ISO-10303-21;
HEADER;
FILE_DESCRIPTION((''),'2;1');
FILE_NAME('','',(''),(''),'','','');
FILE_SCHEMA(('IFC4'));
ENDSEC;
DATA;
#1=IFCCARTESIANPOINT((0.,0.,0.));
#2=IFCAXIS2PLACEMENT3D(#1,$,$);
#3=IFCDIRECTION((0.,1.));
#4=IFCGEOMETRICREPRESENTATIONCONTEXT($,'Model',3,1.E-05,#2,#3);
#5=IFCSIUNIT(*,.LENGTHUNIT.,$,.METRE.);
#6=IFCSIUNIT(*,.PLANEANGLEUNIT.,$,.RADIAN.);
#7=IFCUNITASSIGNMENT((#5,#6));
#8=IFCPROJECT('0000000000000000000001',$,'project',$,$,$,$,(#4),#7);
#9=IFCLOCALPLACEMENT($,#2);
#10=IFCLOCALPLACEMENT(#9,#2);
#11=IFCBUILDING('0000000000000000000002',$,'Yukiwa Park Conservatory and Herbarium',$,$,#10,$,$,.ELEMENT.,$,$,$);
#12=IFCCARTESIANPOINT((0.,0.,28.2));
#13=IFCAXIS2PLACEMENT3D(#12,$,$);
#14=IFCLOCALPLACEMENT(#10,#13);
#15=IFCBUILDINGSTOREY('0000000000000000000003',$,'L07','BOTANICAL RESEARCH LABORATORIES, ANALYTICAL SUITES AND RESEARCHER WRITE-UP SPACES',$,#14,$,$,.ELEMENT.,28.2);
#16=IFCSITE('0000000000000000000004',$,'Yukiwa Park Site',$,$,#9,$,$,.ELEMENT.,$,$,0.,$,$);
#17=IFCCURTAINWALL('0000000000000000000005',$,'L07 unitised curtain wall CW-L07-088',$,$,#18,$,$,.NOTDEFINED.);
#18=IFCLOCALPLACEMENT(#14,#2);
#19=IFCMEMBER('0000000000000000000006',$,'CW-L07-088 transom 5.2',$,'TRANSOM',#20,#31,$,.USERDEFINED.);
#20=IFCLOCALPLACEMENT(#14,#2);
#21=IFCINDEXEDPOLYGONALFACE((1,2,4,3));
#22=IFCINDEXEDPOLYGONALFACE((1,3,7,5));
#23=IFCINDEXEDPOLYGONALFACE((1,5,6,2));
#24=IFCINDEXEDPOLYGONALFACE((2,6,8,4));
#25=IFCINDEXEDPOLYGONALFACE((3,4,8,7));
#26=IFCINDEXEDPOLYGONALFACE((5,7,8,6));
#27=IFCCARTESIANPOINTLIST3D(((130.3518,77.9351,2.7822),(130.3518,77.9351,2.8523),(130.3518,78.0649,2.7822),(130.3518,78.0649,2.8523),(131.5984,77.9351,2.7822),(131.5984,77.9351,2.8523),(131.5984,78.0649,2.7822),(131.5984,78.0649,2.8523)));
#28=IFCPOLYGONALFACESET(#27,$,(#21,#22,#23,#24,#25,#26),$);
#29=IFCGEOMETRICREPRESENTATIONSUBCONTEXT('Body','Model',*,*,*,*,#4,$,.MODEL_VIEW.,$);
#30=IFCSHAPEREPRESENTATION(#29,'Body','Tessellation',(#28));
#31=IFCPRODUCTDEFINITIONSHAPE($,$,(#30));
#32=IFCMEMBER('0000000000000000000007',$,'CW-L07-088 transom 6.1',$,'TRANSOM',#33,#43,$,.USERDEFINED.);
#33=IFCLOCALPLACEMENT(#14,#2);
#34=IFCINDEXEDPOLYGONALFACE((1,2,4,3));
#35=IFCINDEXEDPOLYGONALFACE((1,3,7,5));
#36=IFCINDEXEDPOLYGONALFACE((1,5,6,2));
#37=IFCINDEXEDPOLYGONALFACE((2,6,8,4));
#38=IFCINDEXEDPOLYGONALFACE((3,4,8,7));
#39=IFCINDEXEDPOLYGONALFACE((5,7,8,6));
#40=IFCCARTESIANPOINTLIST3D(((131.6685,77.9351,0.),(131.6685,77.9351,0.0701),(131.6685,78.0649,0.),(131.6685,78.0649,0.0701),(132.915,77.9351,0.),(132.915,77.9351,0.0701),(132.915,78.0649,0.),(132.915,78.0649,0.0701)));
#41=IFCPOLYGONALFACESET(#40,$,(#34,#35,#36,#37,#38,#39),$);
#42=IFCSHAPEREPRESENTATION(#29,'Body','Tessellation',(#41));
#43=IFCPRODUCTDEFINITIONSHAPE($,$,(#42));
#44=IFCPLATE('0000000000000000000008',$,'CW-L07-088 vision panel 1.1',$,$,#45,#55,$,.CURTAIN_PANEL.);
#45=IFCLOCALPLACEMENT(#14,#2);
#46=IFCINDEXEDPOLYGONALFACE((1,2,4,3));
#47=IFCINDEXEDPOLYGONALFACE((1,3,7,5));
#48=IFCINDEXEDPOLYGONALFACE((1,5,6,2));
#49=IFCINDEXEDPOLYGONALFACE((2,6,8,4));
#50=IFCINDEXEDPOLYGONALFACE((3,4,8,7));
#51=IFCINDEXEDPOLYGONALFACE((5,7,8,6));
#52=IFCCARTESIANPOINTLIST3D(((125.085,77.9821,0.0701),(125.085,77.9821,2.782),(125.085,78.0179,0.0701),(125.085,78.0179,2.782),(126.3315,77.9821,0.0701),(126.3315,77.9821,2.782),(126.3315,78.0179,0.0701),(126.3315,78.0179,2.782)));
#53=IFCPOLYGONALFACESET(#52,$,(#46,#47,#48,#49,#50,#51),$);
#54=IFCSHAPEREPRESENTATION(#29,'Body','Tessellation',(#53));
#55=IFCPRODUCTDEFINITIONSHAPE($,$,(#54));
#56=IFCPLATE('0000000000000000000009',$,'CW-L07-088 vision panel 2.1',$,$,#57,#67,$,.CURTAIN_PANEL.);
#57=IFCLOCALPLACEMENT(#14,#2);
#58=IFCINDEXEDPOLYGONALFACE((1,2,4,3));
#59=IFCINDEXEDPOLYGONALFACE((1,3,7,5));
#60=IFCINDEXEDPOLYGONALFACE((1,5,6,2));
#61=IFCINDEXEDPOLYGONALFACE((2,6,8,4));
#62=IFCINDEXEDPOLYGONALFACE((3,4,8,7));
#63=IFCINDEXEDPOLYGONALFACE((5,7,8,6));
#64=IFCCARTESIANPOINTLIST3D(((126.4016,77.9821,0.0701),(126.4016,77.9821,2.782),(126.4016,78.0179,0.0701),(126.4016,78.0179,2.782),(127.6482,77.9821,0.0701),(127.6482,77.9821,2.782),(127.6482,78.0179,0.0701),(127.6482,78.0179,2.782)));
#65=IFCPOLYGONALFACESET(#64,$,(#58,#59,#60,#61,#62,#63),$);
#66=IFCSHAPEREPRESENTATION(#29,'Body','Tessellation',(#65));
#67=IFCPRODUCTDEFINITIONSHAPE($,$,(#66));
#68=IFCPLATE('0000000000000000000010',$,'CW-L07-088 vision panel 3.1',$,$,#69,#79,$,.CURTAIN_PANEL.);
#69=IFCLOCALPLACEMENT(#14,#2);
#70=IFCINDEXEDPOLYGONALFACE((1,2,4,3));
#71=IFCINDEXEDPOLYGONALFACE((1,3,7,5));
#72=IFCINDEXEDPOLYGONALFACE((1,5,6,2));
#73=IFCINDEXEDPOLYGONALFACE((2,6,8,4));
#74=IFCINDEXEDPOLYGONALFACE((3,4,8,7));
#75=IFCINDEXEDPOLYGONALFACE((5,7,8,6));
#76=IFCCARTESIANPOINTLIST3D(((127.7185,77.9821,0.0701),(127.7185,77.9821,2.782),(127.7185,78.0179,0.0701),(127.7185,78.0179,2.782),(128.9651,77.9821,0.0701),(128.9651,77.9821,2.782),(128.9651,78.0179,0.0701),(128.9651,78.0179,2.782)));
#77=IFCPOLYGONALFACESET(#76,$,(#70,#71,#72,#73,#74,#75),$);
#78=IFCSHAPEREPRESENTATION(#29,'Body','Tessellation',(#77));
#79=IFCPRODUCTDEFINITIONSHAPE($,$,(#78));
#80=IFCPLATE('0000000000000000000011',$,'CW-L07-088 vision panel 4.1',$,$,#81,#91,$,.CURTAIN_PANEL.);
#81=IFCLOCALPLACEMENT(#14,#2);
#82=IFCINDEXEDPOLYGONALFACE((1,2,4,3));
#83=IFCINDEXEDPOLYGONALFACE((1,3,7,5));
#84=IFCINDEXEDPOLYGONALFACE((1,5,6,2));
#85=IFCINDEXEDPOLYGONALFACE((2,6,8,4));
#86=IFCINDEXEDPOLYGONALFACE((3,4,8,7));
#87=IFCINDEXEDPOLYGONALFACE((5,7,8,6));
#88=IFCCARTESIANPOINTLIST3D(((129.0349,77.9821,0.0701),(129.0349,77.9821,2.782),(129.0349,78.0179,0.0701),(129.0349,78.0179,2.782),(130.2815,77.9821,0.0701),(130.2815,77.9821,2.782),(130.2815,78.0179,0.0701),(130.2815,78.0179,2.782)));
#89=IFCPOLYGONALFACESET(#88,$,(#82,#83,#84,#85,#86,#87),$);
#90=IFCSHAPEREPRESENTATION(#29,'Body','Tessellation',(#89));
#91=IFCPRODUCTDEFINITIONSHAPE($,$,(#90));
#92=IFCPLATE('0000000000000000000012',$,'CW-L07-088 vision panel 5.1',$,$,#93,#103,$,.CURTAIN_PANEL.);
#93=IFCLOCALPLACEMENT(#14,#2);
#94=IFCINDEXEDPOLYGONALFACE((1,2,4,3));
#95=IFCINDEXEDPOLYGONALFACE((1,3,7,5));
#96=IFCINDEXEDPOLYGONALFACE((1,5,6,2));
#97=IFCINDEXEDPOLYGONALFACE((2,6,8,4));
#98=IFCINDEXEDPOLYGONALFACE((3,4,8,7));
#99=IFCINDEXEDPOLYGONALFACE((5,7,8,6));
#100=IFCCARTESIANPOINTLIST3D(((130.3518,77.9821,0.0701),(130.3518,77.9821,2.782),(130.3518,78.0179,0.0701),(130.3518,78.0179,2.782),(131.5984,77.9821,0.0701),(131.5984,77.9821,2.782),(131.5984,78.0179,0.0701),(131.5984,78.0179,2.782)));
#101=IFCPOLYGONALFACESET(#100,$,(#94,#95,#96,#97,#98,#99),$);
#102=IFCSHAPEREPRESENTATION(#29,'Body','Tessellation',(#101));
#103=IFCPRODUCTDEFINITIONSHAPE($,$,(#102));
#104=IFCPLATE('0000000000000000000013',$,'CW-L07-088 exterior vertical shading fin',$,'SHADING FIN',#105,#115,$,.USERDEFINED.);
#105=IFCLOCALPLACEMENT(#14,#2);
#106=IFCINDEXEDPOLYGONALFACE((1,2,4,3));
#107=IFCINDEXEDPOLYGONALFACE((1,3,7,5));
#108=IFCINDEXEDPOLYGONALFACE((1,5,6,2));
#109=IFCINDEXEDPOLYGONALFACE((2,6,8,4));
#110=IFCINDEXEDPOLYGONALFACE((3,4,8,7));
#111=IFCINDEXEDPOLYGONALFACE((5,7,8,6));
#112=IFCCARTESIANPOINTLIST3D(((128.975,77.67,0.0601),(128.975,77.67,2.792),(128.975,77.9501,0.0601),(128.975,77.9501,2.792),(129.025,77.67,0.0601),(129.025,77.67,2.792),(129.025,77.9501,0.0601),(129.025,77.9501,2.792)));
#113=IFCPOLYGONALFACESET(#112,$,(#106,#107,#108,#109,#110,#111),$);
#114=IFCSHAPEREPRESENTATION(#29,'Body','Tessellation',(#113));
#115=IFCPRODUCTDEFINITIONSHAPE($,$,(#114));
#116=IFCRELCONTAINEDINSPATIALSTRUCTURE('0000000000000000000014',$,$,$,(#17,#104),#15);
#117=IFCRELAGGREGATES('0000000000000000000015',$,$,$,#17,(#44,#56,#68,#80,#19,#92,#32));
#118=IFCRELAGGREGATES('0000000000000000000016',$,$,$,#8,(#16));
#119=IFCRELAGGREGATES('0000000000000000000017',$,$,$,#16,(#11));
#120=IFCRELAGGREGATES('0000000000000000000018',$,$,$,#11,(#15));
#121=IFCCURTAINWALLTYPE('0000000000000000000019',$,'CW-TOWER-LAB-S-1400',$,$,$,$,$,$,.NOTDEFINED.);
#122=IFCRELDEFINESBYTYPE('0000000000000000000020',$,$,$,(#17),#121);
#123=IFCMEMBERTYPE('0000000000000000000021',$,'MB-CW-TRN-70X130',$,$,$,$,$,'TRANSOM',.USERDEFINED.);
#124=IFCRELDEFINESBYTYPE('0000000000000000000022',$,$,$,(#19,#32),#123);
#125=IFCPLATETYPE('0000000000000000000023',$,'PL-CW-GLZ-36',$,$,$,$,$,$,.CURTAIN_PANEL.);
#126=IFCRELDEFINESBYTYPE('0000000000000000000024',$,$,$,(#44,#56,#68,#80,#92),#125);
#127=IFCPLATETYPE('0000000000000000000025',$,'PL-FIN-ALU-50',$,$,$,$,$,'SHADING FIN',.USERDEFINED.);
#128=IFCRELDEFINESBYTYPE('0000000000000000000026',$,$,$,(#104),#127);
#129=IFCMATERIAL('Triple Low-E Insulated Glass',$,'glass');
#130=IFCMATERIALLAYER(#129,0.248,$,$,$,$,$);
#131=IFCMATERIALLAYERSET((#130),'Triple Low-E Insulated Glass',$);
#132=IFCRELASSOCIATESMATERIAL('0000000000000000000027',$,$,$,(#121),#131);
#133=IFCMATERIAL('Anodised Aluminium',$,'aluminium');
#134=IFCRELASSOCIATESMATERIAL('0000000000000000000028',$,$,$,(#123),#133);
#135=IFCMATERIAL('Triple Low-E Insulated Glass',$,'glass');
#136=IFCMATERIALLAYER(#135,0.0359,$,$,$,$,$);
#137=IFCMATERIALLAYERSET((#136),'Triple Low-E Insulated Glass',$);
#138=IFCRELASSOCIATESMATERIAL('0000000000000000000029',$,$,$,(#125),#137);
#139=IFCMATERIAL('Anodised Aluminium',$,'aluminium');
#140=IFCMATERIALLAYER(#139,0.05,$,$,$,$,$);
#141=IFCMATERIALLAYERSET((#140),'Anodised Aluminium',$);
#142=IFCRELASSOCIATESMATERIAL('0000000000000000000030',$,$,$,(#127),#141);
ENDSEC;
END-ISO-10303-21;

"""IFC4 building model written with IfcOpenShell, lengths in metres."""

from ifc_helpers import new_model, si_unit, direction, frame, origin, origin_2d, place, context, subcontext, project, spatial, rectangle, extrude, material, layer, layer_set, type_object, element, aggregate, save


model = new_model("IFC4")

# Units and contexts
model_context = context("Model", 3, precision=1e-05, world=origin(), true_north=direction((0.0, 1.0)))
body_context = subcontext(model_context, "Body", "Model", "MODEL_VIEW")
ifc_project = project(units=[si_unit("LENGTHUNIT", "METRE"), si_unit("PLANEANGLEUNIT", "RADIAN")], contexts=[model_context])

# Site, building, storey
site_placement = place(None, origin())
site = spatial("IfcSite", under=ifc_project, at=site_placement, Name="Yukiwa Park Site", CompositionType="ELEMENT", RefElevation=0.0)
building_placement = place(site_placement, origin())
building = spatial("IfcBuilding", under=site, at=building_placement, Name="Yukiwa Park Conservatory and Herbarium", CompositionType="ELEMENT")
storey_placement = place(building_placement, frame((0.0, 0.0, 28.2)))
storey = spatial("IfcBuildingStorey", under=building, at=storey_placement, Name="L07", Description="BOTANICAL RESEARCH LABORATORIES, ANALYTICAL SUITES AND RESEARCHER WRITE-UP SPACES", CompositionType="ELEMENT", Elevation=28.2)

# Curtain wall, members, plates
ifc_material_1 = material(Name="Triple Low-E Insulated Glass", Category="glass")
ifc_layer_1 = layer(ifc_material_1, 0.248)
ifc_layer_set_1 = layer_set([ifc_layer_1], Name="Triple Low-E Insulated Glass")
curtain_wall_type = type_object("IfcCurtainWallType", Name="CW-TOWER-LAB-S-1400", PredefinedType="NOTDEFINED", material=ifc_layer_set_1)
curtain_wall_placement = place(storey_placement, origin())
curtain_wall = element("IfcCurtainWall", 1, at=curtain_wall_placement, inside=storey, type_object=curtain_wall_type, Name="L07 unitised curtain wall CW-L07-088", PredefinedType="NOTDEFINED")
ifc_material_2 = material(Name="Anodised Aluminium", Category="aluminium")
member_type_1 = type_object("IfcMemberType", Name="MB-CW-TRN-70X130", ElementType="TRANSOM", PredefinedType="USERDEFINED", material=ifc_material_2)
member_1_placement = place(storey_placement, frame((130.9751, 78.0, 2.7822), z_axis=(0.0, 0.0, 1.0), x_axis=(1.0, 0.0, 0.0)))
member_1 = element("IfcMember", 2, at=member_1_placement, type_object=member_type_1, Name="CW-L07-088 transom 5.2", ObjectType="TRANSOM", PredefinedType="USERDEFINED", context=body_context, shape_type="SweptSolid", body=[
    extrude(rectangle(XDim=1.2466, YDim=0.1299, at=origin_2d()), origin(), (0.0, 0.0, 1.0), 0.0701),
])
member_2_placement = place(storey_placement, frame((132.2917, 78.0, 0.0), z_axis=(0.0, 0.0, 1.0), x_axis=(1.0, 0.0, 0.0)))
member_2 = element("IfcMember", 3, at=member_2_placement, type_object=member_type_1, Name="CW-L07-088 transom 6.1", ObjectType="TRANSOM", PredefinedType="USERDEFINED", context=body_context, shape_type="SweptSolid", body=[
    extrude(rectangle(XDim=1.2466, YDim=0.1299, at=origin_2d()), origin(), (0.0, 0.0, 1.0), 0.0701),
])
ifc_material_3 = material(Name="Triple Low-E Insulated Glass", Category="glass")
ifc_layer_2 = layer(ifc_material_3, 0.0359)
ifc_layer_set_2 = layer_set([ifc_layer_2], Name="Triple Low-E Insulated Glass")
plate_type_1 = type_object("IfcPlateType", Name="PL-CW-GLZ-36", PredefinedType="CURTAIN_PANEL", material=ifc_layer_set_2)
plate_1_placement = place(storey_placement, frame((125.7083, 78.0, 0.0701), z_axis=(0.0, 0.0, 1.0), x_axis=(1.0, 0.0, 0.0)))
plate_1 = element("IfcPlate", 4, at=plate_1_placement, type_object=plate_type_1, Name="CW-L07-088 vision panel 1.1", PredefinedType="CURTAIN_PANEL", context=body_context, shape_type="SweptSolid", body=[
    extrude(rectangle(XDim=1.2466, YDim=0.0359, at=origin_2d()), origin(), (0.0, 0.0, 1.0), 2.7119),
])
plate_2_placement = place(storey_placement, frame((127.0249, 78.0, 0.0701), z_axis=(0.0, 0.0, 1.0), x_axis=(1.0, 0.0, 0.0)))
plate_2 = element("IfcPlate", 5, at=plate_2_placement, type_object=plate_type_1, Name="CW-L07-088 vision panel 2.1", PredefinedType="CURTAIN_PANEL", context=body_context, shape_type="SweptSolid", body=[
    extrude(rectangle(XDim=1.2466, YDim=0.0359, at=origin_2d()), origin(), (0.0, 0.0, 1.0), 2.7119),
])
plate_3_placement = place(storey_placement, frame((128.3418, 78.0, 0.0701), z_axis=(0.0, 0.0, 1.0), x_axis=(1.0, 0.0, 0.0)))
plate_3 = element("IfcPlate", 6, at=plate_3_placement, type_object=plate_type_1, Name="CW-L07-088 vision panel 3.1", PredefinedType="CURTAIN_PANEL", context=body_context, shape_type="SweptSolid", body=[
    extrude(rectangle(XDim=1.2466, YDim=0.0359, at=origin_2d()), origin(), (0.0, 0.0, 1.0), 2.7119),
])
plate_4_placement = place(storey_placement, frame((129.6582, 78.0, 0.0701), z_axis=(0.0, 0.0, 1.0), x_axis=(1.0, 0.0, 0.0)))
plate_4 = element("IfcPlate", 7, at=plate_4_placement, type_object=plate_type_1, Name="CW-L07-088 vision panel 4.1", PredefinedType="CURTAIN_PANEL", context=body_context, shape_type="SweptSolid", body=[
    extrude(rectangle(XDim=1.2466, YDim=0.0359, at=origin_2d()), origin(), (0.0, 0.0, 1.0), 2.7119),
])
plate_5_placement = place(storey_placement, frame((130.9751, 78.0, 0.0701), z_axis=(0.0, 0.0, 1.0), x_axis=(1.0, 0.0, 0.0)))
plate_5 = element("IfcPlate", 8, at=plate_5_placement, type_object=plate_type_1, Name="CW-L07-088 vision panel 5.1", PredefinedType="CURTAIN_PANEL", context=body_context, shape_type="SweptSolid", body=[
    extrude(rectangle(XDim=1.2466, YDim=0.0359, at=origin_2d()), origin(), (0.0, 0.0, 1.0), 2.7119),
])
aggregate(curtain_wall, [plate_1, plate_2, plate_3, plate_4, member_1, plate_5, member_2])

# Plate
ifc_material_4 = material(Name="Anodised Aluminium", Category="aluminium")
ifc_layer_3 = layer(ifc_material_4, 0.05)
ifc_layer_set_3 = layer_set([ifc_layer_3], Name="Anodised Aluminium")
plate_type_2 = type_object("IfcPlateType", Name="PL-FIN-ALU-50", ElementType="SHADING FIN", PredefinedType="USERDEFINED", material=ifc_layer_set_3)
plate_6_placement = place(storey_placement, frame((129.0, 77.8101, 0.0601), z_axis=(0.0, 0.0, 1.0), x_axis=(1.0, 0.0, 0.0)))
element("IfcPlate", 9, at=plate_6_placement, inside=storey, type_object=plate_type_2, Name="CW-L07-088 exterior vertical shading fin", ObjectType="SHADING FIN", PredefinedType="USERDEFINED", context=body_context, shape_type="SweptSolid", body=[
    extrude(rectangle(XDim=0.05, YDim=0.28, at=origin_2d()), origin(), (0.0, 0.0, 1.0), 2.7319),
])

save(model, "model.ifc")
